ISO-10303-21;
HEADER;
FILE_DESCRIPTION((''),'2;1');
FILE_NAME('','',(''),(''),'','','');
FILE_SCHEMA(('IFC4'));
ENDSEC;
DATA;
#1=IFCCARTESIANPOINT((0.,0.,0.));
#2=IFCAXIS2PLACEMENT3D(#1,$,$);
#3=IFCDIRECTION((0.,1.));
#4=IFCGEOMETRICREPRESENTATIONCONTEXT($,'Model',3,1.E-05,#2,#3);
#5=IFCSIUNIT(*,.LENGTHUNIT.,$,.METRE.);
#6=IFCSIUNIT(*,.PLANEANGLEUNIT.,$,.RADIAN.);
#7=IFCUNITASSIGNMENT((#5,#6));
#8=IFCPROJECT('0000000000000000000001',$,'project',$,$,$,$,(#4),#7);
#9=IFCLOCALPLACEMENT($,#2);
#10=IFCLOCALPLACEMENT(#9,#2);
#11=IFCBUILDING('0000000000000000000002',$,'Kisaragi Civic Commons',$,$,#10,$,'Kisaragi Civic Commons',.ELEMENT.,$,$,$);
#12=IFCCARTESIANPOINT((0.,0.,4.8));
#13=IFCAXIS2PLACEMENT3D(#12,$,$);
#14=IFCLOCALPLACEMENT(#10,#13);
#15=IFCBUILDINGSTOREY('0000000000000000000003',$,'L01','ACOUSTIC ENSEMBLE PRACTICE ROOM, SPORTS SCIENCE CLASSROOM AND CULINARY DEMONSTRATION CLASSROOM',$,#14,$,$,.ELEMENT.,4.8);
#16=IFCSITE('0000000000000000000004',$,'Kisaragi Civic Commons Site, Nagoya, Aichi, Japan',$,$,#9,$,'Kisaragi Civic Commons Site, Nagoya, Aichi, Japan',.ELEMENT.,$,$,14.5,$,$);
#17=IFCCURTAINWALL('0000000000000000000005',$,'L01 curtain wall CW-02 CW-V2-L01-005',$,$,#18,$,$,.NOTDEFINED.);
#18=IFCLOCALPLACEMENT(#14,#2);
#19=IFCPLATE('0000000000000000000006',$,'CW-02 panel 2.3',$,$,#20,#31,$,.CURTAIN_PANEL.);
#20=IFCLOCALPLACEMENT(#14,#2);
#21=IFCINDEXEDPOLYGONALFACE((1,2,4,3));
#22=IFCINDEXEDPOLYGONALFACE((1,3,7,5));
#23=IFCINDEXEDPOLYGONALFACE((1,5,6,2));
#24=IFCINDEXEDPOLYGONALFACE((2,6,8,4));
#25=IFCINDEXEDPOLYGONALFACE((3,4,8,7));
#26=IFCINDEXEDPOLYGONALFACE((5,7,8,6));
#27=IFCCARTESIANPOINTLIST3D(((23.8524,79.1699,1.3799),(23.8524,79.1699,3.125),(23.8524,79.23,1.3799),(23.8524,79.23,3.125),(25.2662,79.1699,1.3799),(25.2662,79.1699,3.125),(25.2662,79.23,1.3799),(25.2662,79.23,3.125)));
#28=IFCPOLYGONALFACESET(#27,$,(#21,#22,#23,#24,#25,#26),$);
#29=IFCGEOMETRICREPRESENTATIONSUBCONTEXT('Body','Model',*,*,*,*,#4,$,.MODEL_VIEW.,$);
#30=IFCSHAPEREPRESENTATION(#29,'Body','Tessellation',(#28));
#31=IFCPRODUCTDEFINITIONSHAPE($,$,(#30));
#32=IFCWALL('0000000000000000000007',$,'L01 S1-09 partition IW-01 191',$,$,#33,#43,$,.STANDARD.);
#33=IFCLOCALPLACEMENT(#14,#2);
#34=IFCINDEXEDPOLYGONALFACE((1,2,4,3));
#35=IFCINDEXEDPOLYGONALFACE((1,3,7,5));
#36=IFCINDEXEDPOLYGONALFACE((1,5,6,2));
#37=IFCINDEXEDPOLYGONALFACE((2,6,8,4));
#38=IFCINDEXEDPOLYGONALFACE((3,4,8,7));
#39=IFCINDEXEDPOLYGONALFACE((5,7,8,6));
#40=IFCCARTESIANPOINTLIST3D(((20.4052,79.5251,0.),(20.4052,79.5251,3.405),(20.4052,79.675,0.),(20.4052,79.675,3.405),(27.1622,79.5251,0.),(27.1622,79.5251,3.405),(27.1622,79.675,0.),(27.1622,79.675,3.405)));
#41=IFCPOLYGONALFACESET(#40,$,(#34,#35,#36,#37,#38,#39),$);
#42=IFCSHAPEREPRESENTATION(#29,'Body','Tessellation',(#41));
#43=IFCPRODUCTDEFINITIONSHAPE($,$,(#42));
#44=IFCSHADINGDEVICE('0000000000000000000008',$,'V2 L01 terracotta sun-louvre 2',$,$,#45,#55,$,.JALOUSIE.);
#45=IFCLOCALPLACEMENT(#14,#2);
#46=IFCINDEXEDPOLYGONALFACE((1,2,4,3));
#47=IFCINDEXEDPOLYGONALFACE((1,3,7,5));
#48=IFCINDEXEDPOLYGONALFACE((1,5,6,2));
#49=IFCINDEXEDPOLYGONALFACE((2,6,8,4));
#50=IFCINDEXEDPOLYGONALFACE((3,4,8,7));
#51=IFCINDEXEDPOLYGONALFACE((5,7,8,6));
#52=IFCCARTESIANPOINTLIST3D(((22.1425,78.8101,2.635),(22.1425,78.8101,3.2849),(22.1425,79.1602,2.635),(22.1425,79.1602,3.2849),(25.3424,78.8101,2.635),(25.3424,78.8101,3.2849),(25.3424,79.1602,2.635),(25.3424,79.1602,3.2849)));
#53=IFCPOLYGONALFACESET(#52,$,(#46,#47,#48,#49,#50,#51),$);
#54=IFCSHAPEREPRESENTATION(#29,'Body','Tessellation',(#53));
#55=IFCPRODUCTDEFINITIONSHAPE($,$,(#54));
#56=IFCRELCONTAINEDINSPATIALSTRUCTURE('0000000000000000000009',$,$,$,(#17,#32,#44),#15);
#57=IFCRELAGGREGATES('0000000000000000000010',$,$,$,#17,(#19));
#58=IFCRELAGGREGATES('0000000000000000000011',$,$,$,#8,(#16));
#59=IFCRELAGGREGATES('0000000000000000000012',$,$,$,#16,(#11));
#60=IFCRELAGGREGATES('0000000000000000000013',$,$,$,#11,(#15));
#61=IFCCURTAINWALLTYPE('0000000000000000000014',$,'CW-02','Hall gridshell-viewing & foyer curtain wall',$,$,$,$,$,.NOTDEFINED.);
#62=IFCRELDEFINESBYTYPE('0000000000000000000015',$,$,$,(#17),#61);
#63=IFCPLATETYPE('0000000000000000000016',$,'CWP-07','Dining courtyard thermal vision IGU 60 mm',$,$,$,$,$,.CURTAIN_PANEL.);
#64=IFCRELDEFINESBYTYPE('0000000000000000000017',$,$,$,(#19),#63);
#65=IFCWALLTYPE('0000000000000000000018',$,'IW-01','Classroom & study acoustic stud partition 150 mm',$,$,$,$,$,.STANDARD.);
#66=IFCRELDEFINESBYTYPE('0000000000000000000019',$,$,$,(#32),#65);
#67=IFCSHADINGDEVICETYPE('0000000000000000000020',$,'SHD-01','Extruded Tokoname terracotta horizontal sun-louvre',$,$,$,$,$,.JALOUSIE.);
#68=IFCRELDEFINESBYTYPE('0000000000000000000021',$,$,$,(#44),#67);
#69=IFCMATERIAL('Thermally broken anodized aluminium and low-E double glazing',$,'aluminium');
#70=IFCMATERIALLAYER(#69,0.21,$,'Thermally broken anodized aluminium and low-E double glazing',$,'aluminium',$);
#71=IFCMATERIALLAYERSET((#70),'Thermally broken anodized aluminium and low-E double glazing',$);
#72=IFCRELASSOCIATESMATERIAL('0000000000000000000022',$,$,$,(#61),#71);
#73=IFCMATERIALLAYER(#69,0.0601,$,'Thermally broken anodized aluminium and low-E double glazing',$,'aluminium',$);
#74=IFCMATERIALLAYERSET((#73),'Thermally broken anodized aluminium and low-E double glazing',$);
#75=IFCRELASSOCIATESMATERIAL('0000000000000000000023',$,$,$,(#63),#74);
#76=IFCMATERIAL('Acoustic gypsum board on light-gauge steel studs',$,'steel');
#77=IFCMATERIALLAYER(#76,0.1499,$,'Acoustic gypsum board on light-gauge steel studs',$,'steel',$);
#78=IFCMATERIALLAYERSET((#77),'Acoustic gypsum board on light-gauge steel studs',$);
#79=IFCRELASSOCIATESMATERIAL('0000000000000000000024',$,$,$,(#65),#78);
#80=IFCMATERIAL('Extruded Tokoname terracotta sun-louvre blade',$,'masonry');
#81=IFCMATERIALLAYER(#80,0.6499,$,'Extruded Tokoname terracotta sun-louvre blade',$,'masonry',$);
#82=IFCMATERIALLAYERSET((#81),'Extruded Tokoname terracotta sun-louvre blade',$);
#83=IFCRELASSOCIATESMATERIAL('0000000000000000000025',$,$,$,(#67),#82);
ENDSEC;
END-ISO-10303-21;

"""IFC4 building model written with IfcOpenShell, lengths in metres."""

from ifc_helpers import new_model, si_unit, direction, frame, frame_2d, origin, origin_2d, place, context, subcontext, project, spatial, rectangle, extrude, material, layer, layer_set, type_object, element, aggregate, save


model = new_model("IFC4")

# Units and contexts
model_context = context("Model", 3, precision=1e-05, world=origin(), true_north=direction((0.0, 1.0)))
body_context = subcontext(model_context, "Body", "Model", "MODEL_VIEW")
ifc_project = project(units=[si_unit("LENGTHUNIT", "METRE"), si_unit("PLANEANGLEUNIT", "RADIAN")], contexts=[model_context])

# Site, building, storey
site_placement = place(None, origin())
site = spatial("IfcSite", under=ifc_project, at=site_placement, Name="Kisaragi Civic Commons Site, Nagoya, Aichi, Japan", LongName="Kisaragi Civic Commons Site, Nagoya, Aichi, Japan", CompositionType="ELEMENT", RefElevation=14.5)
building_placement = place(site_placement, origin())
building = spatial("IfcBuilding", under=site, at=building_placement, Name="Kisaragi Civic Commons", LongName="Kisaragi Civic Commons", CompositionType="ELEMENT")
storey_placement = place(building_placement, frame((0.0, 0.0, 4.8)))
storey = spatial("IfcBuildingStorey", under=building, at=storey_placement, Name="L01", Description="ACOUSTIC ENSEMBLE PRACTICE ROOM, SPORTS SCIENCE CLASSROOM AND CULINARY DEMONSTRATION CLASSROOM", CompositionType="ELEMENT", Elevation=4.8)

# Curtain wall
ifc_material_1 = material(Name="Thermally broken anodized aluminium and low-E double glazing", Category="aluminium")
ifc_layer_1 = layer(ifc_material_1, 0.21, Name="Thermally broken anodized aluminium and low-E double glazing", Category="aluminium")
ifc_layer_set_1 = layer_set([ifc_layer_1], Name="Thermally broken anodized aluminium and low-E double glazing")
curtain_wall_type = type_object("IfcCurtainWallType", Name="CW-02", Description="Hall gridshell-viewing & foyer curtain wall", PredefinedType="NOTDEFINED", material=ifc_layer_set_1)
curtain_wall_1_placement = place(storey_placement, origin())
curtain_wall_1 = element("IfcCurtainWall", 1, at=curtain_wall_1_placement, inside=storey, type_object=curtain_wall_type, Name="L01 curtain wall CW-02 CW-V2-L01-005", PredefinedType="NOTDEFINED")

# Plate
ifc_layer_2 = layer(ifc_material_1, 0.0601, Name="Thermally broken anodized aluminium and low-E double glazing", Category="aluminium")
ifc_layer_set_2 = layer_set([ifc_layer_2], Name="Thermally broken anodized aluminium and low-E double glazing")
plate_type = type_object("IfcPlateType", Name="CWP-07", Description="Dining courtyard thermal vision IGU 60 mm", PredefinedType="CURTAIN_PANEL", material=ifc_layer_set_2)
plate_1_placement = place(storey_placement, frame((24.5593, 79.2, 1.3799), z_axis=(0.0, 0.0, 1.0), x_axis=(-1.0, 0.0, 0.0)))
plate_1 = element("IfcPlate", 2, at=plate_1_placement, type_object=plate_type, Name="CW-02 panel 2.3", PredefinedType="CURTAIN_PANEL", context=body_context, shape_type="SweptSolid", body=[
    extrude(rectangle(XDim=1.4138, YDim=0.0601, at=origin_2d()), origin(), (0.0, 0.0, 1.0), 1.7451),
])
aggregate(curtain_wall_1, [plate_1])

# Wall
ifc_material_2 = material(Name="Acoustic gypsum board on light-gauge steel studs", Category="steel")
ifc_layer_3 = layer(ifc_material_2, 0.1499, Name="Acoustic gypsum board on light-gauge steel studs", Category="steel")
ifc_layer_set_3 = layer_set([ifc_layer_3], Name="Acoustic gypsum board on light-gauge steel studs")
wall_type = type_object("IfcWallType", Name="IW-01", Description="Classroom & study acoustic stud partition 150 mm", PredefinedType="STANDARD", material=ifc_layer_set_3)
wall_placement = place(storey_placement, frame((27.1621, 79.6001, 0.0), z_axis=(0.0, 0.0, 1.0), x_axis=(-1.0, 0.0, 0.0)))
element("IfcWall", 3, at=wall_placement, inside=storey, type_object=wall_type, Name="L01 S1-09 partition IW-01 191", PredefinedType="STANDARD", context=body_context, shape_type="SweptSolid", body=[
    extrude(rectangle(XDim=6.7571, YDim=0.1499, at=frame_2d((3.3784, 0.0))), origin(), (0.0, 0.0, 1.0), 3.405),
])

# Shading device
ifc_material_3 = material(Name="Extruded Tokoname terracotta sun-louvre blade", Category="masonry")
ifc_layer_4 = layer(ifc_material_3, 0.6499, Name="Extruded Tokoname terracotta sun-louvre blade", Category="masonry")
ifc_layer_set_4 = layer_set([ifc_layer_4], Name="Extruded Tokoname terracotta sun-louvre blade")
shading_device_type = type_object("IfcShadingDeviceType", Name="SHD-01", Description="Extruded Tokoname terracotta horizontal sun-louvre", PredefinedType="JALOUSIE", material=ifc_layer_set_4)
shading_device_placement = place(storey_placement, frame((23.7424, 78.9851, 2.635), z_axis=(0.0, 0.0, 1.0), x_axis=(-1.0, 0.0, 0.0)))
element("IfcShadingDevice", 4, at=shading_device_placement, inside=storey, type_object=shading_device_type, Name="V2 L01 terracotta sun-louvre 2", PredefinedType="JALOUSIE", context=body_context, shape_type="SweptSolid", body=[
    extrude(rectangle(XDim=3.2, YDim=0.3501, at=origin_2d()), origin(), (0.0, 0.0, 1.0), 0.6499),
])

save(model, "model.ifc")
